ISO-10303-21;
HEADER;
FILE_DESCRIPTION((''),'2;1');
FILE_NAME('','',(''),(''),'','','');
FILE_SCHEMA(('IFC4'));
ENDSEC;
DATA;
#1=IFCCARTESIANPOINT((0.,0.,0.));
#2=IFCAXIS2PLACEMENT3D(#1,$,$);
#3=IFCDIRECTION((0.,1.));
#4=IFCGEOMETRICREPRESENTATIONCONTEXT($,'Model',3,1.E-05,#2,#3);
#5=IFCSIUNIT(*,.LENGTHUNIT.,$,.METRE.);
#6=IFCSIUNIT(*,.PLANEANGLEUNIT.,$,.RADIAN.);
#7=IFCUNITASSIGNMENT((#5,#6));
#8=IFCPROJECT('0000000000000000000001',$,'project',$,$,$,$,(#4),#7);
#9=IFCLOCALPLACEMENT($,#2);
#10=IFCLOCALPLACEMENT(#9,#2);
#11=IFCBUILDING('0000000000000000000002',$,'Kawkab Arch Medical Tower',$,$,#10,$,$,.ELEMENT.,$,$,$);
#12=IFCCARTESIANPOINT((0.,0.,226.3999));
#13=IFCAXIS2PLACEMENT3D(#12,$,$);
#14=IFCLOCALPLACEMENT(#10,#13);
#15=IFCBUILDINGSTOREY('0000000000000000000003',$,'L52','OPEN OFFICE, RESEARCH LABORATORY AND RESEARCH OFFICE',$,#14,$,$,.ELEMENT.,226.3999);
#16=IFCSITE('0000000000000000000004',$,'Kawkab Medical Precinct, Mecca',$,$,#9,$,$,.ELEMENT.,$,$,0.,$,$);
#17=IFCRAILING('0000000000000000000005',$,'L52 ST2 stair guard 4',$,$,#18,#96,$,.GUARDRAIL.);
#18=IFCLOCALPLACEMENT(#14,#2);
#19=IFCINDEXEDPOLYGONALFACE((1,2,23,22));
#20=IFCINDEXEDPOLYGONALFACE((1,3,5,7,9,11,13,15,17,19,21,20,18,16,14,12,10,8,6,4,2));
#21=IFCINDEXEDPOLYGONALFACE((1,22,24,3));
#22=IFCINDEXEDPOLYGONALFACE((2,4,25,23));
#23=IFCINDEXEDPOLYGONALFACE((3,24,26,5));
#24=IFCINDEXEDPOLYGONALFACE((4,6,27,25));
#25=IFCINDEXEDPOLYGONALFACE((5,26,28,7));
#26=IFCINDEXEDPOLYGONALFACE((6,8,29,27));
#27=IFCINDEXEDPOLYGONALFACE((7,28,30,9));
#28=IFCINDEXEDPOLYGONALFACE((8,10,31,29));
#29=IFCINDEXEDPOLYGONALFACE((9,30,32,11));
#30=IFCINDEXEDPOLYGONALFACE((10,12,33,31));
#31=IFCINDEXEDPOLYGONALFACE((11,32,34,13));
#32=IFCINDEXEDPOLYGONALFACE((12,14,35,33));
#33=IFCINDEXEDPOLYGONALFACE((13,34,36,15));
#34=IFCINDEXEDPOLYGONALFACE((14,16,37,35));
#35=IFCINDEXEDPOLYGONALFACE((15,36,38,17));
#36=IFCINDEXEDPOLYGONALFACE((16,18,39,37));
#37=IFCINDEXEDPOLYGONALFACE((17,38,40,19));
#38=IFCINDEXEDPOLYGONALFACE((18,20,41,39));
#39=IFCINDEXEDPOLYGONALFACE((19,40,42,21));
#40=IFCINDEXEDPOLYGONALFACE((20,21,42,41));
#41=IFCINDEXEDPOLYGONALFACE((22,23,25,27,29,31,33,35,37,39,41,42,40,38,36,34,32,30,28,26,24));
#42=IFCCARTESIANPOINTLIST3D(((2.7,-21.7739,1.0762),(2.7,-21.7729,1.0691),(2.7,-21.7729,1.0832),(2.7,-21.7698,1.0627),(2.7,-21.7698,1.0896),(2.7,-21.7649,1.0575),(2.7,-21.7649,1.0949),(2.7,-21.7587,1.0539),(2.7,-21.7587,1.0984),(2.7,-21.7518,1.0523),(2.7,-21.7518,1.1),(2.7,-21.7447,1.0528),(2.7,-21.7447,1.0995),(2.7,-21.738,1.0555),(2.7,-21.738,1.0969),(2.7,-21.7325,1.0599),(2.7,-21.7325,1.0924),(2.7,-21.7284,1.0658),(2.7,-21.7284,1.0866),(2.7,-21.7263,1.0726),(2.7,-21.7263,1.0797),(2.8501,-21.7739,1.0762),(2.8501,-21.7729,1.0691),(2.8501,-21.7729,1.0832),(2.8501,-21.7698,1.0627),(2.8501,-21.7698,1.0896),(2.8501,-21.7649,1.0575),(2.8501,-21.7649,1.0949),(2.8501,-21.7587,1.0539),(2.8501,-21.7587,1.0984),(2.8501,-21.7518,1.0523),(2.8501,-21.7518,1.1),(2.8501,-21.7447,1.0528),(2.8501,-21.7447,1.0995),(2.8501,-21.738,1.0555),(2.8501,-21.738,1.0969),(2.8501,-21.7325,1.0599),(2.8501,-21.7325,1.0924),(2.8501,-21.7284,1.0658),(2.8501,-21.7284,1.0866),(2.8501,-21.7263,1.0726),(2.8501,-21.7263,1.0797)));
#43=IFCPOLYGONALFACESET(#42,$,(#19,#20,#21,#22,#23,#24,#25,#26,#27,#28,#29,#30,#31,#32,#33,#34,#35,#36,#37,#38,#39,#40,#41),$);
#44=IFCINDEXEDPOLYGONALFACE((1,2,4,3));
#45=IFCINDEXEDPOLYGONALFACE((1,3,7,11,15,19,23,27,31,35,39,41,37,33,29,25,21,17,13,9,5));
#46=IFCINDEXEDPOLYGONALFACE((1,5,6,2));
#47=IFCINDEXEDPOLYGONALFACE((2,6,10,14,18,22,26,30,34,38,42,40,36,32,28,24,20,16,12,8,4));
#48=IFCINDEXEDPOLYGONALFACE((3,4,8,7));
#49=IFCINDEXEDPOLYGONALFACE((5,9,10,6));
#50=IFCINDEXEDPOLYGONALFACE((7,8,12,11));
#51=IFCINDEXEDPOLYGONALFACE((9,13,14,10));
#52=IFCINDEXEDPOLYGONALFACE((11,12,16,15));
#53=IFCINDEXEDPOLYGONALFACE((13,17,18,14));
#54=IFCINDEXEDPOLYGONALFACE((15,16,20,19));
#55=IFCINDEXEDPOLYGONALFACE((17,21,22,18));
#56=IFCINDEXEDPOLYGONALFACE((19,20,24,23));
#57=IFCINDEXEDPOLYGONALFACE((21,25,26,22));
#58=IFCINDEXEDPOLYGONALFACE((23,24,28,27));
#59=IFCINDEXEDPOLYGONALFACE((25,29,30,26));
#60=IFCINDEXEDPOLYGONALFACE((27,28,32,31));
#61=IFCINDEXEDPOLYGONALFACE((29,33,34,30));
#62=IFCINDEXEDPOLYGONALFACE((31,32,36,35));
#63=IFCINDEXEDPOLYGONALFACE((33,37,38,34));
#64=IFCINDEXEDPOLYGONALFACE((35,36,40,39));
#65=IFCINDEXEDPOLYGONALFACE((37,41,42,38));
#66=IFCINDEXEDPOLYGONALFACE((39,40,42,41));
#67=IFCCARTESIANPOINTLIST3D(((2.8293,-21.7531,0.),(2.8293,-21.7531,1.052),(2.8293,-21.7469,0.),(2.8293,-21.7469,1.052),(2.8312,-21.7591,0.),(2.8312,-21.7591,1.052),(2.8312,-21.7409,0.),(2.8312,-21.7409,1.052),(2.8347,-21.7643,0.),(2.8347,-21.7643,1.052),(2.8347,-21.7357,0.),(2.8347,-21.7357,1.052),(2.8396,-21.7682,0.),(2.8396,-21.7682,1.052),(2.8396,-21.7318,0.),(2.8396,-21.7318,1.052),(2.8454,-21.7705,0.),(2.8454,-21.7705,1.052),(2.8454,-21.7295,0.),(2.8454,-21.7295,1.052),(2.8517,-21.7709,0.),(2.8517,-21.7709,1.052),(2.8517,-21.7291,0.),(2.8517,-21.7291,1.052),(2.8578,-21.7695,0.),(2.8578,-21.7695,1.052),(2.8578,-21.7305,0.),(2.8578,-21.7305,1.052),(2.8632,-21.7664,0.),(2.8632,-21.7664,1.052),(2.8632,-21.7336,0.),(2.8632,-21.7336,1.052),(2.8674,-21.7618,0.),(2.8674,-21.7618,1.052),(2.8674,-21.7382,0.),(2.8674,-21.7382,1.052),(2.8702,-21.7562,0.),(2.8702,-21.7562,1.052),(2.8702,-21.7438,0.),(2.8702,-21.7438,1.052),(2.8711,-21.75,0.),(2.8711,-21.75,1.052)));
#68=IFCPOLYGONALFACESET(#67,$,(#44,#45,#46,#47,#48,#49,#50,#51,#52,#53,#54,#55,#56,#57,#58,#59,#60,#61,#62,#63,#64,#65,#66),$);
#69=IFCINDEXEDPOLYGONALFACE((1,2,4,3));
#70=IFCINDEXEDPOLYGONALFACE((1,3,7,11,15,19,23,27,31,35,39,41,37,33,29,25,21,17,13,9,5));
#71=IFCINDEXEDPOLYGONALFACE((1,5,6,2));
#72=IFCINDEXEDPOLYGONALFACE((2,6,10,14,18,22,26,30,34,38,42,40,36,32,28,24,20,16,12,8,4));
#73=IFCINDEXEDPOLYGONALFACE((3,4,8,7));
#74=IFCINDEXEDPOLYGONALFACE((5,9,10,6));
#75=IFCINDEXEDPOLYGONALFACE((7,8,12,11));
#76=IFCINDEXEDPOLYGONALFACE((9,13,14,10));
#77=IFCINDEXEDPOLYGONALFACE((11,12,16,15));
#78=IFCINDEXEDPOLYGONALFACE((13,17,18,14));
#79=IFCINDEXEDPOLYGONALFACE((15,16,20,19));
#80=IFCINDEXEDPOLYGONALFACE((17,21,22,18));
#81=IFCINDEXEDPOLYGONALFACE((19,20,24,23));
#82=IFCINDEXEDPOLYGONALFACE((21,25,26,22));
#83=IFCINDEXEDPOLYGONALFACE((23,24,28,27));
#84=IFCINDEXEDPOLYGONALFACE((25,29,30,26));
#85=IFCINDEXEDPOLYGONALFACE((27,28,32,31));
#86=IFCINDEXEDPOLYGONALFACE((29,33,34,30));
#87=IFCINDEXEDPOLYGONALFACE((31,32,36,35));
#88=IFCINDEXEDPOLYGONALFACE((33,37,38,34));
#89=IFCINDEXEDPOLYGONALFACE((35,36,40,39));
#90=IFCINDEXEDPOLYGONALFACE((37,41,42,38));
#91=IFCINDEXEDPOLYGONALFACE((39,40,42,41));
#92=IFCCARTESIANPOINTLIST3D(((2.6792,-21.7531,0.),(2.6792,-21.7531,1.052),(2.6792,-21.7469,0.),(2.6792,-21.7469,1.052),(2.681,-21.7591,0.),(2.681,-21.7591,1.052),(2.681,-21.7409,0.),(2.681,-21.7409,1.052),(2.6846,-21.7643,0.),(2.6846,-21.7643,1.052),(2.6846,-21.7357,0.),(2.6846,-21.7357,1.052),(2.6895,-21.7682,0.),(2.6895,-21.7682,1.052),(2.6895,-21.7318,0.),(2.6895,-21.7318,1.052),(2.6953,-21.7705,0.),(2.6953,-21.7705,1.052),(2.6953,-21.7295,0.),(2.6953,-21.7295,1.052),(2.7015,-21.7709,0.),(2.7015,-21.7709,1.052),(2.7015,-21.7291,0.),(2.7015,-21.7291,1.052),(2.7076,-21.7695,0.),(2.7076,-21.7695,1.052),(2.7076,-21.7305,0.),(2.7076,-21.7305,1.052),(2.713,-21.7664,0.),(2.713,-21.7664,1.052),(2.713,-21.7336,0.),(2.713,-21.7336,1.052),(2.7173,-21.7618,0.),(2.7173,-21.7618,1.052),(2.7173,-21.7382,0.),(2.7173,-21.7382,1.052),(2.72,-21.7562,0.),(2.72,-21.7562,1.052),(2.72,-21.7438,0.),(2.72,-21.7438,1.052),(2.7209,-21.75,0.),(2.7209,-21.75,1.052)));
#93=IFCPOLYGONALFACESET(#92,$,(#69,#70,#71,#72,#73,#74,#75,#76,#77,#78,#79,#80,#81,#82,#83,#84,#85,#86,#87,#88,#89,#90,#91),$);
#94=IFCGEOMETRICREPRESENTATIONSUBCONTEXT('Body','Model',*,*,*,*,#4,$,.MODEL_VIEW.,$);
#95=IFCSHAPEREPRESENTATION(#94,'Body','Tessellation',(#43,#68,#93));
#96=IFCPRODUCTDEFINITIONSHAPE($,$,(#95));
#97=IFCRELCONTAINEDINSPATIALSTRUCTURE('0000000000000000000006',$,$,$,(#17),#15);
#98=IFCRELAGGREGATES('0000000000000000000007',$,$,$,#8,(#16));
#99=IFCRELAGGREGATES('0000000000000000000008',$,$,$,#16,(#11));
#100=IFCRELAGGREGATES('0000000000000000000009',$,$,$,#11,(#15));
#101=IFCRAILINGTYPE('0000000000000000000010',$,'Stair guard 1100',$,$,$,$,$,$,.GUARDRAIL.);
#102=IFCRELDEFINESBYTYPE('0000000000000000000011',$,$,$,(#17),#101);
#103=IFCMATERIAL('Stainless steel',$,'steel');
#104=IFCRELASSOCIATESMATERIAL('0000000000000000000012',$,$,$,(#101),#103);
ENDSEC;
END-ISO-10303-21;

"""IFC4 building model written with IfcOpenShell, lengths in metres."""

from ifc_helpers import new_model, si_unit, direction, frame, origin, origin_2d, place, context, subcontext, project, spatial, circle, extrude, material, type_object, element, save


model = new_model("IFC4")

# Units and contexts
model_context = context("Model", 3, precision=1e-05, world=origin(), true_north=direction((0.0, 1.0)))
body_context = subcontext(model_context, "Body", "Model", "MODEL_VIEW")
ifc_project = project(units=[si_unit("LENGTHUNIT", "METRE"), si_unit("PLANEANGLEUNIT", "RADIAN")], contexts=[model_context])

# Site, building, storey
site_placement = place(None, origin())
site = spatial("IfcSite", under=ifc_project, at=site_placement, Name="Kawkab Medical Precinct, Mecca", CompositionType="ELEMENT", RefElevation=0.0)
building_placement = place(site_placement, origin())
building = spatial("IfcBuilding", under=site, at=building_placement, Name="Kawkab Arch Medical Tower", CompositionType="ELEMENT")
storey_placement = place(building_placement, frame((0.0, 0.0, 226.3999)))
storey = spatial("IfcBuildingStorey", under=building, at=storey_placement, Name="L52", Description="OPEN OFFICE, RESEARCH LABORATORY AND RESEARCH OFFICE", CompositionType="ELEMENT", Elevation=226.3999)

# Railing
ifc_material_1 = material(Name="Stainless steel", Category="steel")
railing_type = type_object("IfcRailingType", Name="Stair guard 1100", PredefinedType="GUARDRAIL", material=ifc_material_1)
railing_1_placement = place(storey_placement, frame((2.8501, -21.75, 0.0)))
element("IfcRailing", 1, at=railing_1_placement, inside=storey, type_object=railing_type, Name="L52 ST2 stair guard 4", PredefinedType="GUARDRAIL", context=body_context, shape_type="SweptSolid", body=[
    extrude(circle(Radius=0.0239, at=origin_2d()), frame((0.0, 0.0, 1.0762), z_axis=(-1.0, 0.0, 0.0), x_axis=(0.0, -1.0, 0.0)), (0.0, 0.0, 1.0), 0.1501),
    extrude(circle(Radius=0.021, at=origin_2d()), origin(), (0.0, 0.0, 1.0), 1.052),
    extrude(circle(Radius=0.021, at=origin_2d()), frame((-0.1501, 0.0, 0.0)), (0.0, 0.0, 1.0), 1.052),
])

save(model, "model.ifc")
